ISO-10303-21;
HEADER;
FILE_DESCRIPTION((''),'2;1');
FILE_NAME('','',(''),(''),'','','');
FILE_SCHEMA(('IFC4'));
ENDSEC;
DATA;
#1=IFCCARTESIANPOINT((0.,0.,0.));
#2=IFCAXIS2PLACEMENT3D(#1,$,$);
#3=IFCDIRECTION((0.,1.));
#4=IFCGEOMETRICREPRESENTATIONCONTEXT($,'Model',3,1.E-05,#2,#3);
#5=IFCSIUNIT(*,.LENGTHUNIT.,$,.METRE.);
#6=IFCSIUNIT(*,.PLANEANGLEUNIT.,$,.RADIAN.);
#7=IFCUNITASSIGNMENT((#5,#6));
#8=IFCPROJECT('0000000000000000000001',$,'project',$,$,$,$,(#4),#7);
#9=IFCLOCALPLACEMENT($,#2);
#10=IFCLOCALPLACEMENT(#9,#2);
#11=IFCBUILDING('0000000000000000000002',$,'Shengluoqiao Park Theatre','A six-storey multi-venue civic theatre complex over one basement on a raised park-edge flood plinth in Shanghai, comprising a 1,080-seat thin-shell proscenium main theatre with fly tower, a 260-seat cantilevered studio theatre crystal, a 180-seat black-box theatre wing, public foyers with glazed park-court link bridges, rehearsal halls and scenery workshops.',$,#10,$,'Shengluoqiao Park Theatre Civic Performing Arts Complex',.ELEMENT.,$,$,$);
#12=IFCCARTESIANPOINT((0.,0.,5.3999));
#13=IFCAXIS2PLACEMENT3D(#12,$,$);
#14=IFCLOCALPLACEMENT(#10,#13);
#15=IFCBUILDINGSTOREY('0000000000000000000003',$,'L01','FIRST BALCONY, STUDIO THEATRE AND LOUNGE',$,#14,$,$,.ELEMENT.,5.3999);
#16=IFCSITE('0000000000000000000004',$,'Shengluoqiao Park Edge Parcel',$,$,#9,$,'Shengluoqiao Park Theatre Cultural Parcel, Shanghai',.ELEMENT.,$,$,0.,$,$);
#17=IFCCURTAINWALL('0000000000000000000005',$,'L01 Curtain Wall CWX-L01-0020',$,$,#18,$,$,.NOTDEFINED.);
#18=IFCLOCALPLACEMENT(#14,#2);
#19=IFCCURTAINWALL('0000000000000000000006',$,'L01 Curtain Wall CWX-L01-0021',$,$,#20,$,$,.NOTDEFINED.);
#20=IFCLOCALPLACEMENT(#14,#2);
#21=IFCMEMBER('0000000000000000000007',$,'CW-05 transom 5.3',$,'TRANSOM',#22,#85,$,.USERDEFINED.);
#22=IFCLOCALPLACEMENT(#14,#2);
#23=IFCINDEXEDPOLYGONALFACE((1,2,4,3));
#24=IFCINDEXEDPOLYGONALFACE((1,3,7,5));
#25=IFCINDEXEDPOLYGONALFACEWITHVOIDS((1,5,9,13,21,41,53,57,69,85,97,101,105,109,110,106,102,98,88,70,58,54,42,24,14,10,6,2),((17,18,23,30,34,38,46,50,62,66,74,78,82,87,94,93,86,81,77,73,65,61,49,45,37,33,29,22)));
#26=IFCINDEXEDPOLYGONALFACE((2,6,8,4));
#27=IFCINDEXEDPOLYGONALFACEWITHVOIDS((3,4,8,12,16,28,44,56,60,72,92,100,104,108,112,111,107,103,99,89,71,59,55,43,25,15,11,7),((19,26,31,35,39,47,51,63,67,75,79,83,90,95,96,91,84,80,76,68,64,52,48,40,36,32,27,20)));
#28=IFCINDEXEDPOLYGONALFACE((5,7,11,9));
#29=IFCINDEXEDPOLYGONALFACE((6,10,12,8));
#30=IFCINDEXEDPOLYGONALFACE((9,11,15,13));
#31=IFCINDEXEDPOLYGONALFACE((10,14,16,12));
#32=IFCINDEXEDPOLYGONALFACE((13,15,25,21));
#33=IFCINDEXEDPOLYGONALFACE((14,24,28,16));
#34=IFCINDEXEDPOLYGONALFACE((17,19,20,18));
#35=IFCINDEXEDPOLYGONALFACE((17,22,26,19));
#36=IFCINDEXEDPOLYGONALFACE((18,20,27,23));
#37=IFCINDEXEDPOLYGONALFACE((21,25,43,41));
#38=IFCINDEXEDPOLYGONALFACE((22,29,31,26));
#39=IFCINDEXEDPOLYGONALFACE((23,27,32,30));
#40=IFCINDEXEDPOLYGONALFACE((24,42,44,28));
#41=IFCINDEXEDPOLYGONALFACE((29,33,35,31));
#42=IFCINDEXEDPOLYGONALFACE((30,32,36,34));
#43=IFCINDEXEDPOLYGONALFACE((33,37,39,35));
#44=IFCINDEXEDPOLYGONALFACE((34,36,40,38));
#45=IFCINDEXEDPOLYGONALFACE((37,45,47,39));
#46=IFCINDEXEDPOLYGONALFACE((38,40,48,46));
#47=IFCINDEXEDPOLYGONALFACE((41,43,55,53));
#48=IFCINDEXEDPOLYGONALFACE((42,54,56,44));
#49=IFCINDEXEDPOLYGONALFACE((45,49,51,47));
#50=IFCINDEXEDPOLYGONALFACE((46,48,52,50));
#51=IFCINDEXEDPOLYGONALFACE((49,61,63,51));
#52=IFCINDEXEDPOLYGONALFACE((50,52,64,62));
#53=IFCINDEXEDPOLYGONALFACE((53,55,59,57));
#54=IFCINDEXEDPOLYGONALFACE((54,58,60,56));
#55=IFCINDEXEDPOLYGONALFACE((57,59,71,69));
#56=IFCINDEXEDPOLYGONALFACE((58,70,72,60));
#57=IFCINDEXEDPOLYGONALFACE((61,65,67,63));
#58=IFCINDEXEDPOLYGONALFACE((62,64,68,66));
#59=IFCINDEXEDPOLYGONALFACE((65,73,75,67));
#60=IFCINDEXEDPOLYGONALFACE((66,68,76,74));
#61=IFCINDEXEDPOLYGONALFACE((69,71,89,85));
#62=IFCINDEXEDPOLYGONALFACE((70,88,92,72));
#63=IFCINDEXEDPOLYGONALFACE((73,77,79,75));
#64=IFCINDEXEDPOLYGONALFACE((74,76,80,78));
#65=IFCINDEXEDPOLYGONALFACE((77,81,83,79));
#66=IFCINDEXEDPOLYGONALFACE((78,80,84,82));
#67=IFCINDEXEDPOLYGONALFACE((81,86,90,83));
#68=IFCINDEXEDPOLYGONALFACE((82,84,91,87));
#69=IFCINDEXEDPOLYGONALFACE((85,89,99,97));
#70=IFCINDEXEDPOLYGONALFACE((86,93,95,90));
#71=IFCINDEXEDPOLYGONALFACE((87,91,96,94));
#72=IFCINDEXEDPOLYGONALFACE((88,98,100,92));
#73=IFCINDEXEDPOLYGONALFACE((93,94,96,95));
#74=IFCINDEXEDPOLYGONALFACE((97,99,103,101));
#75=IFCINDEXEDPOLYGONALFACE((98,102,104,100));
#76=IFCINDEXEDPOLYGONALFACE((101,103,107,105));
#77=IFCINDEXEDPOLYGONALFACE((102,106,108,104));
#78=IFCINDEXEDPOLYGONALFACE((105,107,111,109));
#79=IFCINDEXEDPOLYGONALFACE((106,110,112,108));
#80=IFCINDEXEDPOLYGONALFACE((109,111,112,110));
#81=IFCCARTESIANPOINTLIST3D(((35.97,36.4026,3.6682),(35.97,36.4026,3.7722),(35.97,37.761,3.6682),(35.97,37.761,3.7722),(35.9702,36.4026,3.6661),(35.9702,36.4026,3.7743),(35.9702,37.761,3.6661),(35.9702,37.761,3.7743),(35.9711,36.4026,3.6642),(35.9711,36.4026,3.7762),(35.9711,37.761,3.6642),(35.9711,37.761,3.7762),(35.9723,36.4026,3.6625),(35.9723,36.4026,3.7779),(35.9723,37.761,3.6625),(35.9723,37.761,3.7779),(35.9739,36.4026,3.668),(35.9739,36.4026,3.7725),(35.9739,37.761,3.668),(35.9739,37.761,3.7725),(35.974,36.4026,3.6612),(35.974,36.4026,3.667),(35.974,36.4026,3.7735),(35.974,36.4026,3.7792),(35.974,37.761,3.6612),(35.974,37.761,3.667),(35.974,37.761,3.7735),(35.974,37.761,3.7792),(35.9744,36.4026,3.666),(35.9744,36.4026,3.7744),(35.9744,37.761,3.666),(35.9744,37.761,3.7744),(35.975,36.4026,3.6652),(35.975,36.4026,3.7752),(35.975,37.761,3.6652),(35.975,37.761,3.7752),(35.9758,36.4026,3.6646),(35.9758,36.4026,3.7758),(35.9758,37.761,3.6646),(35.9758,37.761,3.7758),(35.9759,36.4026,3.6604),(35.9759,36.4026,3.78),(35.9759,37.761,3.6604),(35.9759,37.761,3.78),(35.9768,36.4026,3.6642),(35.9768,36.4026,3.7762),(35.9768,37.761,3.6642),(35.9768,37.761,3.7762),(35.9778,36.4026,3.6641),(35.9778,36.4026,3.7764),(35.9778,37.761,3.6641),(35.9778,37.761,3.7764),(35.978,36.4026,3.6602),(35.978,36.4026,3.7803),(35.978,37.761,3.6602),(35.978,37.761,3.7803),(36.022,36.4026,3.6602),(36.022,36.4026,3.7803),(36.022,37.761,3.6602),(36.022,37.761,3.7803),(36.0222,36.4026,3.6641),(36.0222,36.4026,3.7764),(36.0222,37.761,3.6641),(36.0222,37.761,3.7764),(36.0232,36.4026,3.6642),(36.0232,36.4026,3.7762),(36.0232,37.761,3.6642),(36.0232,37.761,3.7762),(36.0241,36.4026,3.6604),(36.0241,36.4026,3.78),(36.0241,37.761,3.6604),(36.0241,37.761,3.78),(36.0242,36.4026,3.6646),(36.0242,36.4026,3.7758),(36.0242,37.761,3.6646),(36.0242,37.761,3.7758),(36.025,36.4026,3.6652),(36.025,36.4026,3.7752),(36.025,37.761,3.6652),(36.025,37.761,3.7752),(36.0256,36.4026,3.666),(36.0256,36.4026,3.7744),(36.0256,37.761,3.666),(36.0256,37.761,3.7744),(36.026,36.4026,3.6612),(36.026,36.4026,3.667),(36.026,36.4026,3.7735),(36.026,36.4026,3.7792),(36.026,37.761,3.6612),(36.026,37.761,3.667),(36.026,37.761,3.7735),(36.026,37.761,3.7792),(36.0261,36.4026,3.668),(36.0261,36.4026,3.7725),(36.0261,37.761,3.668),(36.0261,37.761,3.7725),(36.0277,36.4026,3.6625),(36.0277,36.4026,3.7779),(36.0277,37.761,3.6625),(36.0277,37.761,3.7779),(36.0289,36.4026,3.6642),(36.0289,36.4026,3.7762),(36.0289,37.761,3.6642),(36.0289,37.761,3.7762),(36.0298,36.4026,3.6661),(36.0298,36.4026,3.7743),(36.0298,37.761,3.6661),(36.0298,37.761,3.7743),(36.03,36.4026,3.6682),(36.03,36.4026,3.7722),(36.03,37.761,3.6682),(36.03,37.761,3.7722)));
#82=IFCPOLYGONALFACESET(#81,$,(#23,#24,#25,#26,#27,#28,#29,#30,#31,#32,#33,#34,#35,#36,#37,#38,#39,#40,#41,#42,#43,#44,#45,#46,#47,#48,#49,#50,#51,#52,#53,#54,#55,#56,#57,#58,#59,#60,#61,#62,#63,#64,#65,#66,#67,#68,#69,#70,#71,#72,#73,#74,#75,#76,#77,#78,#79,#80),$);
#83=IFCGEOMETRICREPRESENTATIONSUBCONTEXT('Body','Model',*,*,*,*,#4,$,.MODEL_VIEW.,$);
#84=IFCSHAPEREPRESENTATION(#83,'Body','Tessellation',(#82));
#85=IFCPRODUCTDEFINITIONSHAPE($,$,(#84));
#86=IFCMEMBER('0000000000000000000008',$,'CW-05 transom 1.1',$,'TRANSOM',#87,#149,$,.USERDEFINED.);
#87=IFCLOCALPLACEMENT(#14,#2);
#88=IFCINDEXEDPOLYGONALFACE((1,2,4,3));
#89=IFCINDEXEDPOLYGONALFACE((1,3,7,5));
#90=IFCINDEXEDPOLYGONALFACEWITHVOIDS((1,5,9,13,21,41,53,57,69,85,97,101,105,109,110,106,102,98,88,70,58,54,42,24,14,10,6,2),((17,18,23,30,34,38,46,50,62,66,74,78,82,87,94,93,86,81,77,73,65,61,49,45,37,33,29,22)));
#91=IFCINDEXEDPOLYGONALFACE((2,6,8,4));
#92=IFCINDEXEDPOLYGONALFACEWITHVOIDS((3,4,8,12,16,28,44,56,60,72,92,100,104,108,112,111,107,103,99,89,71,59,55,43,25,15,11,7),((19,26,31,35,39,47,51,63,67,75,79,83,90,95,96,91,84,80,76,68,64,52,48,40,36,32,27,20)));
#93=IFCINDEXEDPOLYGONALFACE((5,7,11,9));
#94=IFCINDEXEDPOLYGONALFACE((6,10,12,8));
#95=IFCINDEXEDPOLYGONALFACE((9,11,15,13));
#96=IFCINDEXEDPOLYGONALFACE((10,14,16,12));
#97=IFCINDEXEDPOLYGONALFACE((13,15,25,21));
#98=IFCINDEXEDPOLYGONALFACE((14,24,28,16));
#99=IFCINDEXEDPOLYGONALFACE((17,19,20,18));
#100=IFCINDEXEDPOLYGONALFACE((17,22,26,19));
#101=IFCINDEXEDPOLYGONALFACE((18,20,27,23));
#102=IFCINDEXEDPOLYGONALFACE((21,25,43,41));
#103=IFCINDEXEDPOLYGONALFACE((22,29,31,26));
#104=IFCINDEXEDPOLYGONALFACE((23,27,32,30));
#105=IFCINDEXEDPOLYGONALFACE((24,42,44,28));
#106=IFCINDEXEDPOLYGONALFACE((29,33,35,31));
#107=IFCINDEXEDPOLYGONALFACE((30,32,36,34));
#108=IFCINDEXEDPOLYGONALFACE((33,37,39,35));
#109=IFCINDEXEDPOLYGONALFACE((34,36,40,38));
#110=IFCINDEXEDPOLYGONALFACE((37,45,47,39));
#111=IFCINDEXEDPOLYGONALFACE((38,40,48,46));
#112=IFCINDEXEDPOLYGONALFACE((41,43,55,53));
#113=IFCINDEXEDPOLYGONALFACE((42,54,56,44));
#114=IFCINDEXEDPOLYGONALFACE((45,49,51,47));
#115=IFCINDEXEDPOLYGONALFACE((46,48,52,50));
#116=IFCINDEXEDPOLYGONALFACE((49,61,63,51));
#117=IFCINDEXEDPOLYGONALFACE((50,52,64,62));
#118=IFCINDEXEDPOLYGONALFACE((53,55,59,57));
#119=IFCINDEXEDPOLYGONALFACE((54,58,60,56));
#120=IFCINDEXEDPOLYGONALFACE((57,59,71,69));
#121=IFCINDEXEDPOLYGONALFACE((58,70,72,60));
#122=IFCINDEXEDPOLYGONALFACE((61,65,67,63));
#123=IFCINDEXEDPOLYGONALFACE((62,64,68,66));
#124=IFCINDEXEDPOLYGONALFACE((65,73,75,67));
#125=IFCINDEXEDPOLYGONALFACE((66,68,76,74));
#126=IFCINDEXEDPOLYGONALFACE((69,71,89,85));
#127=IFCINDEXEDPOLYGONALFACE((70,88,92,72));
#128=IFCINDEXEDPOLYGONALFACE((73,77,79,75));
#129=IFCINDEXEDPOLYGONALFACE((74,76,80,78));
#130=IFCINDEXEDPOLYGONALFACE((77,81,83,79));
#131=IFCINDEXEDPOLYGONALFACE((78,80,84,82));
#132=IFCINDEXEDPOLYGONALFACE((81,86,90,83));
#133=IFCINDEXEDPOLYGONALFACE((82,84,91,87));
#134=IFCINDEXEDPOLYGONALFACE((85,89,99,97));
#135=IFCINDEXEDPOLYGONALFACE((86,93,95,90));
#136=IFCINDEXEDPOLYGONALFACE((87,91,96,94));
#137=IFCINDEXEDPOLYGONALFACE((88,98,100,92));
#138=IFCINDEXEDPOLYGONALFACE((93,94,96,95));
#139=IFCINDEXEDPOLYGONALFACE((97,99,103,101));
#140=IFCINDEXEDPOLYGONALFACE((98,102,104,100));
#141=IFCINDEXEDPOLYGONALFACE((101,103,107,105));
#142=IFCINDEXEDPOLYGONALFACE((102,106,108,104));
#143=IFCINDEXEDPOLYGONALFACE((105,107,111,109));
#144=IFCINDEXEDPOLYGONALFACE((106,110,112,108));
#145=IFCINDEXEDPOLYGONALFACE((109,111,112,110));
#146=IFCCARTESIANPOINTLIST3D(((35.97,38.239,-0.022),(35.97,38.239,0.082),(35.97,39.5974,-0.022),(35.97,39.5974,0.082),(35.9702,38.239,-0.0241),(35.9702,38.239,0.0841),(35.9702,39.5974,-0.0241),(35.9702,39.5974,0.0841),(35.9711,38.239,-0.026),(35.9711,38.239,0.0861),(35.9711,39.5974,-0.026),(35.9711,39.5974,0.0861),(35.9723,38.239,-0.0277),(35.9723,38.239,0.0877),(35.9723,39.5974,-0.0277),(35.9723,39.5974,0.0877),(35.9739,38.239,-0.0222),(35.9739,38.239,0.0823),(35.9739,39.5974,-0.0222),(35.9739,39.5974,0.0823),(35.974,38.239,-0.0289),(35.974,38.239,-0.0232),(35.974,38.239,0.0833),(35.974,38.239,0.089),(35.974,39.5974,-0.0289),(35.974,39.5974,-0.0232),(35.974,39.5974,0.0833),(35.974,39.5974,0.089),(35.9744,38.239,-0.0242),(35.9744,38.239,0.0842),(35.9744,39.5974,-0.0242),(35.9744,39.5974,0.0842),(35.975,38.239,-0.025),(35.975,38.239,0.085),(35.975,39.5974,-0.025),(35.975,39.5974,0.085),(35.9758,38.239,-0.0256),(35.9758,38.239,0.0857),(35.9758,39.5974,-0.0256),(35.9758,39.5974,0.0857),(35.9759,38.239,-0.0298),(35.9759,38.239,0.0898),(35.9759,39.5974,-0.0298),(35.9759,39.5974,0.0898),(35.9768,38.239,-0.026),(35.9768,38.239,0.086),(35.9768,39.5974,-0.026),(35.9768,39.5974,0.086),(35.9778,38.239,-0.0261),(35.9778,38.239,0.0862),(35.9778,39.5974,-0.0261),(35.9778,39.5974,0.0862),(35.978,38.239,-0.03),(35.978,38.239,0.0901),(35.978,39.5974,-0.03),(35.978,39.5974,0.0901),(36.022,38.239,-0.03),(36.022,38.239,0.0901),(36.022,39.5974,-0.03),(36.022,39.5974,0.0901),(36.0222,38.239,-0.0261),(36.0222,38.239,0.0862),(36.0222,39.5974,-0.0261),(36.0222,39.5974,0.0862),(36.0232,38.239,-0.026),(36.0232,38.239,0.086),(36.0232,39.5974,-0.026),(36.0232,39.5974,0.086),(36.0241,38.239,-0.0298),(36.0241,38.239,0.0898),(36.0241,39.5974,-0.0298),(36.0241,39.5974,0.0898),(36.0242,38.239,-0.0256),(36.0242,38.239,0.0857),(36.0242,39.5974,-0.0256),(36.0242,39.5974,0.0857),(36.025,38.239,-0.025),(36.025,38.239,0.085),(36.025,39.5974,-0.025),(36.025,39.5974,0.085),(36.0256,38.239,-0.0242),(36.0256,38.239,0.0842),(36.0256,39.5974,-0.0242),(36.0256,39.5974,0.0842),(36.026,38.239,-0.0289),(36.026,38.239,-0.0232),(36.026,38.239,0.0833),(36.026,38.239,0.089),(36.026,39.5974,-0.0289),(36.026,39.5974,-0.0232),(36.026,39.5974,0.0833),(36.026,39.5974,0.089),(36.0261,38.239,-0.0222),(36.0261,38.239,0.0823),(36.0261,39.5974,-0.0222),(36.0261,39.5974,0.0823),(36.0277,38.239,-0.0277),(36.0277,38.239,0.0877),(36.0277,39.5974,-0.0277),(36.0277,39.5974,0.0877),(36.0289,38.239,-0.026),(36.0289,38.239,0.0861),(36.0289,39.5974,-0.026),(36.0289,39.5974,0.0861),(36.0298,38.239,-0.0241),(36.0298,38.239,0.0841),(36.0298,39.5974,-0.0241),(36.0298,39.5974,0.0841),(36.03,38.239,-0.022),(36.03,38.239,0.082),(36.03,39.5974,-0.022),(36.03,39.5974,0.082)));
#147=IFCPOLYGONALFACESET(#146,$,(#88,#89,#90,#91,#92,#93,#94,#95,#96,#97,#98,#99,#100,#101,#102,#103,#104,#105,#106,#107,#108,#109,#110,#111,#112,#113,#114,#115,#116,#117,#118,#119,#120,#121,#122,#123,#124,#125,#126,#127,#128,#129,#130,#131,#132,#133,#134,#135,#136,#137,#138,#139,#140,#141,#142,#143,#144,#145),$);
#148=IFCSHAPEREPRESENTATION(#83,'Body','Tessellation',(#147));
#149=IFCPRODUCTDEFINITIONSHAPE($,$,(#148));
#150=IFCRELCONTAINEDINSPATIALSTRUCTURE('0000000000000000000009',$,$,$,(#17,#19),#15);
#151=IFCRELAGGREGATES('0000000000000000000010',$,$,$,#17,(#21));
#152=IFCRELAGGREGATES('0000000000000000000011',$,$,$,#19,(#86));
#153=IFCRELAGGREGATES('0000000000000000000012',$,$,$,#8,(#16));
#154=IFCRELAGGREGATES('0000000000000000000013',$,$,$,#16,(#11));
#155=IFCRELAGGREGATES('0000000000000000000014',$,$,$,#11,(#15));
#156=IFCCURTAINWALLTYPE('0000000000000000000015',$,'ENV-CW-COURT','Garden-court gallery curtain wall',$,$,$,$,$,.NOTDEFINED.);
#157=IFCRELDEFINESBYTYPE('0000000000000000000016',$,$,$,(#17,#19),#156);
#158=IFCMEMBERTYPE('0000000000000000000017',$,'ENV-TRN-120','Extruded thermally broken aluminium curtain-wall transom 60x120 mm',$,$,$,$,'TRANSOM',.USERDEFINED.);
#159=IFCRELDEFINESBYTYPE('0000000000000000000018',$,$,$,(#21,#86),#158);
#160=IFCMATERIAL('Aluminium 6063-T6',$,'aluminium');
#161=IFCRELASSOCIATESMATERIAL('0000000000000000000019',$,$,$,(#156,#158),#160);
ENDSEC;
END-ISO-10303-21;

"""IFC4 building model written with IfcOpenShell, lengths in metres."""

from ifc_helpers import new_model, si_unit, direction, frame, origin, origin_2d, place, context, subcontext, project, spatial, hollow_rectangle, extrude, material, material_profile, profile_set, type_object, element, aggregate, save


model = new_model("IFC4")

# Units and contexts
model_context = context("Model", 3, precision=1e-05, world=origin(), true_north=direction((0.0, 1.0)))
body_context = subcontext(model_context, "Body", "Model", "MODEL_VIEW")
ifc_project = project(units=[si_unit("LENGTHUNIT", "METRE"), si_unit("PLANEANGLEUNIT", "RADIAN")], contexts=[model_context])

# Site, building, storey
site_placement = place(None, origin())
site = spatial("IfcSite", under=ifc_project, at=site_placement, Name="Shengluoqiao Park Edge Parcel", LongName="Shengluoqiao Park Theatre Cultural Parcel, Shanghai", CompositionType="ELEMENT", RefElevation=0.0)
building_placement = place(site_placement, origin())
building = spatial("IfcBuilding", under=site, at=building_placement, Name="Shengluoqiao Park Theatre", Description="A six-storey multi-venue civic theatre complex over one basement on a raised park-edge flood plinth in Shanghai, comprising a 1,080-seat thin-shell proscenium main theatre with fly tower, a 260-seat cantilevered studio theatre crystal, a 180-seat black-box theatre wing, public foyers with glazed park-court link bridges, rehearsal halls and scenery workshops.", LongName="Shengluoqiao Park Theatre Civic Performing Arts Complex", CompositionType="ELEMENT")
storey_placement = place(building_placement, frame((0.0, 0.0, 5.3999)))
storey = spatial("IfcBuildingStorey", under=building, at=storey_placement, Name="L01", Description="FIRST BALCONY, STUDIO THEATRE AND LOUNGE", CompositionType="ELEMENT", Elevation=5.3999)

# Curtain wall
ifc_material_1 = material(Name="Aluminium 6063-T6", Category="aluminium")
curtain_wall_type = type_object("IfcCurtainWallType", Name="ENV-CW-COURT", Description="Garden-court gallery curtain wall", PredefinedType="NOTDEFINED", material=ifc_material_1)
curtain_wall_1_placement = place(storey_placement, origin())
curtain_wall_1 = element("IfcCurtainWall", 1, at=curtain_wall_1_placement, inside=storey, type_object=curtain_wall_type, Name="L01 Curtain Wall CWX-L01-0020", PredefinedType="NOTDEFINED")

# Curtain wall
curtain_wall_2_placement = place(storey_placement, origin())
curtain_wall_2 = element("IfcCurtainWall", 2, at=curtain_wall_2_placement, inside=storey, type_object=curtain_wall_type, Name="L01 Curtain Wall CWX-L01-0021", PredefinedType="NOTDEFINED")

# Members
ifc_material_profile_1 = material_profile(ifc_material_1, hollow_rectangle(XDim=0.0601, YDim=0.1201, WallThickness=0.0039, InnerFilletRadius=0.0039, OuterFilletRadius=0.0081, at=origin_2d()), Name="ALU TRANSOM 120x60x4")
ifc_profile_set_1 = profile_set([ifc_material_profile_1], Name="Aluminium 6063-T6")
member_type_1 = type_object("IfcMemberType", Name="ENV-TRN-120", Description="Extruded thermally broken aluminium curtain-wall transom 60x120 mm", ElementType="TRANSOM", PredefinedType="USERDEFINED", material=ifc_profile_set_1)
member_1_placement = place(storey_placement, frame((36.0, 36.4026, 3.7202), z_axis=(0.0, 1.0, 0.0), x_axis=(-1.0, 0.0, 0.0)))
member_1 = element("IfcMember", 3, at=member_1_placement, type_object=member_type_1, Name="CW-05 transom 5.3", ObjectType="TRANSOM", PredefinedType="USERDEFINED", context=body_context, shape_type="SweptSolid", body=[
    extrude(hollow_rectangle(XDim=0.0601, YDim=0.1201, WallThickness=0.0039, InnerFilletRadius=0.0039, OuterFilletRadius=0.0081, at=origin_2d()), origin(), (0.0, 0.0, 1.0), 1.3584),
])
member_2_placement = place(storey_placement, frame((36.0, 38.239, 0.03), z_axis=(0.0, 1.0, 0.0), x_axis=(-1.0, 0.0, 0.0)))
member_2 = element("IfcMember", 4, at=member_2_placement, type_object=member_type_1, Name="CW-05 transom 1.1", ObjectType="TRANSOM", PredefinedType="USERDEFINED", context=body_context, shape_type="SweptSolid", body=[
    extrude(hollow_rectangle(XDim=0.0601, YDim=0.1201, WallThickness=0.0039, InnerFilletRadius=0.0039, OuterFilletRadius=0.0081, at=origin_2d()), origin(), (0.0, 0.0, 1.0), 1.3584),
])

aggregate(curtain_wall_1, [member_1])
aggregate(curtain_wall_2, [member_2])

save(model, "model.ifc")
